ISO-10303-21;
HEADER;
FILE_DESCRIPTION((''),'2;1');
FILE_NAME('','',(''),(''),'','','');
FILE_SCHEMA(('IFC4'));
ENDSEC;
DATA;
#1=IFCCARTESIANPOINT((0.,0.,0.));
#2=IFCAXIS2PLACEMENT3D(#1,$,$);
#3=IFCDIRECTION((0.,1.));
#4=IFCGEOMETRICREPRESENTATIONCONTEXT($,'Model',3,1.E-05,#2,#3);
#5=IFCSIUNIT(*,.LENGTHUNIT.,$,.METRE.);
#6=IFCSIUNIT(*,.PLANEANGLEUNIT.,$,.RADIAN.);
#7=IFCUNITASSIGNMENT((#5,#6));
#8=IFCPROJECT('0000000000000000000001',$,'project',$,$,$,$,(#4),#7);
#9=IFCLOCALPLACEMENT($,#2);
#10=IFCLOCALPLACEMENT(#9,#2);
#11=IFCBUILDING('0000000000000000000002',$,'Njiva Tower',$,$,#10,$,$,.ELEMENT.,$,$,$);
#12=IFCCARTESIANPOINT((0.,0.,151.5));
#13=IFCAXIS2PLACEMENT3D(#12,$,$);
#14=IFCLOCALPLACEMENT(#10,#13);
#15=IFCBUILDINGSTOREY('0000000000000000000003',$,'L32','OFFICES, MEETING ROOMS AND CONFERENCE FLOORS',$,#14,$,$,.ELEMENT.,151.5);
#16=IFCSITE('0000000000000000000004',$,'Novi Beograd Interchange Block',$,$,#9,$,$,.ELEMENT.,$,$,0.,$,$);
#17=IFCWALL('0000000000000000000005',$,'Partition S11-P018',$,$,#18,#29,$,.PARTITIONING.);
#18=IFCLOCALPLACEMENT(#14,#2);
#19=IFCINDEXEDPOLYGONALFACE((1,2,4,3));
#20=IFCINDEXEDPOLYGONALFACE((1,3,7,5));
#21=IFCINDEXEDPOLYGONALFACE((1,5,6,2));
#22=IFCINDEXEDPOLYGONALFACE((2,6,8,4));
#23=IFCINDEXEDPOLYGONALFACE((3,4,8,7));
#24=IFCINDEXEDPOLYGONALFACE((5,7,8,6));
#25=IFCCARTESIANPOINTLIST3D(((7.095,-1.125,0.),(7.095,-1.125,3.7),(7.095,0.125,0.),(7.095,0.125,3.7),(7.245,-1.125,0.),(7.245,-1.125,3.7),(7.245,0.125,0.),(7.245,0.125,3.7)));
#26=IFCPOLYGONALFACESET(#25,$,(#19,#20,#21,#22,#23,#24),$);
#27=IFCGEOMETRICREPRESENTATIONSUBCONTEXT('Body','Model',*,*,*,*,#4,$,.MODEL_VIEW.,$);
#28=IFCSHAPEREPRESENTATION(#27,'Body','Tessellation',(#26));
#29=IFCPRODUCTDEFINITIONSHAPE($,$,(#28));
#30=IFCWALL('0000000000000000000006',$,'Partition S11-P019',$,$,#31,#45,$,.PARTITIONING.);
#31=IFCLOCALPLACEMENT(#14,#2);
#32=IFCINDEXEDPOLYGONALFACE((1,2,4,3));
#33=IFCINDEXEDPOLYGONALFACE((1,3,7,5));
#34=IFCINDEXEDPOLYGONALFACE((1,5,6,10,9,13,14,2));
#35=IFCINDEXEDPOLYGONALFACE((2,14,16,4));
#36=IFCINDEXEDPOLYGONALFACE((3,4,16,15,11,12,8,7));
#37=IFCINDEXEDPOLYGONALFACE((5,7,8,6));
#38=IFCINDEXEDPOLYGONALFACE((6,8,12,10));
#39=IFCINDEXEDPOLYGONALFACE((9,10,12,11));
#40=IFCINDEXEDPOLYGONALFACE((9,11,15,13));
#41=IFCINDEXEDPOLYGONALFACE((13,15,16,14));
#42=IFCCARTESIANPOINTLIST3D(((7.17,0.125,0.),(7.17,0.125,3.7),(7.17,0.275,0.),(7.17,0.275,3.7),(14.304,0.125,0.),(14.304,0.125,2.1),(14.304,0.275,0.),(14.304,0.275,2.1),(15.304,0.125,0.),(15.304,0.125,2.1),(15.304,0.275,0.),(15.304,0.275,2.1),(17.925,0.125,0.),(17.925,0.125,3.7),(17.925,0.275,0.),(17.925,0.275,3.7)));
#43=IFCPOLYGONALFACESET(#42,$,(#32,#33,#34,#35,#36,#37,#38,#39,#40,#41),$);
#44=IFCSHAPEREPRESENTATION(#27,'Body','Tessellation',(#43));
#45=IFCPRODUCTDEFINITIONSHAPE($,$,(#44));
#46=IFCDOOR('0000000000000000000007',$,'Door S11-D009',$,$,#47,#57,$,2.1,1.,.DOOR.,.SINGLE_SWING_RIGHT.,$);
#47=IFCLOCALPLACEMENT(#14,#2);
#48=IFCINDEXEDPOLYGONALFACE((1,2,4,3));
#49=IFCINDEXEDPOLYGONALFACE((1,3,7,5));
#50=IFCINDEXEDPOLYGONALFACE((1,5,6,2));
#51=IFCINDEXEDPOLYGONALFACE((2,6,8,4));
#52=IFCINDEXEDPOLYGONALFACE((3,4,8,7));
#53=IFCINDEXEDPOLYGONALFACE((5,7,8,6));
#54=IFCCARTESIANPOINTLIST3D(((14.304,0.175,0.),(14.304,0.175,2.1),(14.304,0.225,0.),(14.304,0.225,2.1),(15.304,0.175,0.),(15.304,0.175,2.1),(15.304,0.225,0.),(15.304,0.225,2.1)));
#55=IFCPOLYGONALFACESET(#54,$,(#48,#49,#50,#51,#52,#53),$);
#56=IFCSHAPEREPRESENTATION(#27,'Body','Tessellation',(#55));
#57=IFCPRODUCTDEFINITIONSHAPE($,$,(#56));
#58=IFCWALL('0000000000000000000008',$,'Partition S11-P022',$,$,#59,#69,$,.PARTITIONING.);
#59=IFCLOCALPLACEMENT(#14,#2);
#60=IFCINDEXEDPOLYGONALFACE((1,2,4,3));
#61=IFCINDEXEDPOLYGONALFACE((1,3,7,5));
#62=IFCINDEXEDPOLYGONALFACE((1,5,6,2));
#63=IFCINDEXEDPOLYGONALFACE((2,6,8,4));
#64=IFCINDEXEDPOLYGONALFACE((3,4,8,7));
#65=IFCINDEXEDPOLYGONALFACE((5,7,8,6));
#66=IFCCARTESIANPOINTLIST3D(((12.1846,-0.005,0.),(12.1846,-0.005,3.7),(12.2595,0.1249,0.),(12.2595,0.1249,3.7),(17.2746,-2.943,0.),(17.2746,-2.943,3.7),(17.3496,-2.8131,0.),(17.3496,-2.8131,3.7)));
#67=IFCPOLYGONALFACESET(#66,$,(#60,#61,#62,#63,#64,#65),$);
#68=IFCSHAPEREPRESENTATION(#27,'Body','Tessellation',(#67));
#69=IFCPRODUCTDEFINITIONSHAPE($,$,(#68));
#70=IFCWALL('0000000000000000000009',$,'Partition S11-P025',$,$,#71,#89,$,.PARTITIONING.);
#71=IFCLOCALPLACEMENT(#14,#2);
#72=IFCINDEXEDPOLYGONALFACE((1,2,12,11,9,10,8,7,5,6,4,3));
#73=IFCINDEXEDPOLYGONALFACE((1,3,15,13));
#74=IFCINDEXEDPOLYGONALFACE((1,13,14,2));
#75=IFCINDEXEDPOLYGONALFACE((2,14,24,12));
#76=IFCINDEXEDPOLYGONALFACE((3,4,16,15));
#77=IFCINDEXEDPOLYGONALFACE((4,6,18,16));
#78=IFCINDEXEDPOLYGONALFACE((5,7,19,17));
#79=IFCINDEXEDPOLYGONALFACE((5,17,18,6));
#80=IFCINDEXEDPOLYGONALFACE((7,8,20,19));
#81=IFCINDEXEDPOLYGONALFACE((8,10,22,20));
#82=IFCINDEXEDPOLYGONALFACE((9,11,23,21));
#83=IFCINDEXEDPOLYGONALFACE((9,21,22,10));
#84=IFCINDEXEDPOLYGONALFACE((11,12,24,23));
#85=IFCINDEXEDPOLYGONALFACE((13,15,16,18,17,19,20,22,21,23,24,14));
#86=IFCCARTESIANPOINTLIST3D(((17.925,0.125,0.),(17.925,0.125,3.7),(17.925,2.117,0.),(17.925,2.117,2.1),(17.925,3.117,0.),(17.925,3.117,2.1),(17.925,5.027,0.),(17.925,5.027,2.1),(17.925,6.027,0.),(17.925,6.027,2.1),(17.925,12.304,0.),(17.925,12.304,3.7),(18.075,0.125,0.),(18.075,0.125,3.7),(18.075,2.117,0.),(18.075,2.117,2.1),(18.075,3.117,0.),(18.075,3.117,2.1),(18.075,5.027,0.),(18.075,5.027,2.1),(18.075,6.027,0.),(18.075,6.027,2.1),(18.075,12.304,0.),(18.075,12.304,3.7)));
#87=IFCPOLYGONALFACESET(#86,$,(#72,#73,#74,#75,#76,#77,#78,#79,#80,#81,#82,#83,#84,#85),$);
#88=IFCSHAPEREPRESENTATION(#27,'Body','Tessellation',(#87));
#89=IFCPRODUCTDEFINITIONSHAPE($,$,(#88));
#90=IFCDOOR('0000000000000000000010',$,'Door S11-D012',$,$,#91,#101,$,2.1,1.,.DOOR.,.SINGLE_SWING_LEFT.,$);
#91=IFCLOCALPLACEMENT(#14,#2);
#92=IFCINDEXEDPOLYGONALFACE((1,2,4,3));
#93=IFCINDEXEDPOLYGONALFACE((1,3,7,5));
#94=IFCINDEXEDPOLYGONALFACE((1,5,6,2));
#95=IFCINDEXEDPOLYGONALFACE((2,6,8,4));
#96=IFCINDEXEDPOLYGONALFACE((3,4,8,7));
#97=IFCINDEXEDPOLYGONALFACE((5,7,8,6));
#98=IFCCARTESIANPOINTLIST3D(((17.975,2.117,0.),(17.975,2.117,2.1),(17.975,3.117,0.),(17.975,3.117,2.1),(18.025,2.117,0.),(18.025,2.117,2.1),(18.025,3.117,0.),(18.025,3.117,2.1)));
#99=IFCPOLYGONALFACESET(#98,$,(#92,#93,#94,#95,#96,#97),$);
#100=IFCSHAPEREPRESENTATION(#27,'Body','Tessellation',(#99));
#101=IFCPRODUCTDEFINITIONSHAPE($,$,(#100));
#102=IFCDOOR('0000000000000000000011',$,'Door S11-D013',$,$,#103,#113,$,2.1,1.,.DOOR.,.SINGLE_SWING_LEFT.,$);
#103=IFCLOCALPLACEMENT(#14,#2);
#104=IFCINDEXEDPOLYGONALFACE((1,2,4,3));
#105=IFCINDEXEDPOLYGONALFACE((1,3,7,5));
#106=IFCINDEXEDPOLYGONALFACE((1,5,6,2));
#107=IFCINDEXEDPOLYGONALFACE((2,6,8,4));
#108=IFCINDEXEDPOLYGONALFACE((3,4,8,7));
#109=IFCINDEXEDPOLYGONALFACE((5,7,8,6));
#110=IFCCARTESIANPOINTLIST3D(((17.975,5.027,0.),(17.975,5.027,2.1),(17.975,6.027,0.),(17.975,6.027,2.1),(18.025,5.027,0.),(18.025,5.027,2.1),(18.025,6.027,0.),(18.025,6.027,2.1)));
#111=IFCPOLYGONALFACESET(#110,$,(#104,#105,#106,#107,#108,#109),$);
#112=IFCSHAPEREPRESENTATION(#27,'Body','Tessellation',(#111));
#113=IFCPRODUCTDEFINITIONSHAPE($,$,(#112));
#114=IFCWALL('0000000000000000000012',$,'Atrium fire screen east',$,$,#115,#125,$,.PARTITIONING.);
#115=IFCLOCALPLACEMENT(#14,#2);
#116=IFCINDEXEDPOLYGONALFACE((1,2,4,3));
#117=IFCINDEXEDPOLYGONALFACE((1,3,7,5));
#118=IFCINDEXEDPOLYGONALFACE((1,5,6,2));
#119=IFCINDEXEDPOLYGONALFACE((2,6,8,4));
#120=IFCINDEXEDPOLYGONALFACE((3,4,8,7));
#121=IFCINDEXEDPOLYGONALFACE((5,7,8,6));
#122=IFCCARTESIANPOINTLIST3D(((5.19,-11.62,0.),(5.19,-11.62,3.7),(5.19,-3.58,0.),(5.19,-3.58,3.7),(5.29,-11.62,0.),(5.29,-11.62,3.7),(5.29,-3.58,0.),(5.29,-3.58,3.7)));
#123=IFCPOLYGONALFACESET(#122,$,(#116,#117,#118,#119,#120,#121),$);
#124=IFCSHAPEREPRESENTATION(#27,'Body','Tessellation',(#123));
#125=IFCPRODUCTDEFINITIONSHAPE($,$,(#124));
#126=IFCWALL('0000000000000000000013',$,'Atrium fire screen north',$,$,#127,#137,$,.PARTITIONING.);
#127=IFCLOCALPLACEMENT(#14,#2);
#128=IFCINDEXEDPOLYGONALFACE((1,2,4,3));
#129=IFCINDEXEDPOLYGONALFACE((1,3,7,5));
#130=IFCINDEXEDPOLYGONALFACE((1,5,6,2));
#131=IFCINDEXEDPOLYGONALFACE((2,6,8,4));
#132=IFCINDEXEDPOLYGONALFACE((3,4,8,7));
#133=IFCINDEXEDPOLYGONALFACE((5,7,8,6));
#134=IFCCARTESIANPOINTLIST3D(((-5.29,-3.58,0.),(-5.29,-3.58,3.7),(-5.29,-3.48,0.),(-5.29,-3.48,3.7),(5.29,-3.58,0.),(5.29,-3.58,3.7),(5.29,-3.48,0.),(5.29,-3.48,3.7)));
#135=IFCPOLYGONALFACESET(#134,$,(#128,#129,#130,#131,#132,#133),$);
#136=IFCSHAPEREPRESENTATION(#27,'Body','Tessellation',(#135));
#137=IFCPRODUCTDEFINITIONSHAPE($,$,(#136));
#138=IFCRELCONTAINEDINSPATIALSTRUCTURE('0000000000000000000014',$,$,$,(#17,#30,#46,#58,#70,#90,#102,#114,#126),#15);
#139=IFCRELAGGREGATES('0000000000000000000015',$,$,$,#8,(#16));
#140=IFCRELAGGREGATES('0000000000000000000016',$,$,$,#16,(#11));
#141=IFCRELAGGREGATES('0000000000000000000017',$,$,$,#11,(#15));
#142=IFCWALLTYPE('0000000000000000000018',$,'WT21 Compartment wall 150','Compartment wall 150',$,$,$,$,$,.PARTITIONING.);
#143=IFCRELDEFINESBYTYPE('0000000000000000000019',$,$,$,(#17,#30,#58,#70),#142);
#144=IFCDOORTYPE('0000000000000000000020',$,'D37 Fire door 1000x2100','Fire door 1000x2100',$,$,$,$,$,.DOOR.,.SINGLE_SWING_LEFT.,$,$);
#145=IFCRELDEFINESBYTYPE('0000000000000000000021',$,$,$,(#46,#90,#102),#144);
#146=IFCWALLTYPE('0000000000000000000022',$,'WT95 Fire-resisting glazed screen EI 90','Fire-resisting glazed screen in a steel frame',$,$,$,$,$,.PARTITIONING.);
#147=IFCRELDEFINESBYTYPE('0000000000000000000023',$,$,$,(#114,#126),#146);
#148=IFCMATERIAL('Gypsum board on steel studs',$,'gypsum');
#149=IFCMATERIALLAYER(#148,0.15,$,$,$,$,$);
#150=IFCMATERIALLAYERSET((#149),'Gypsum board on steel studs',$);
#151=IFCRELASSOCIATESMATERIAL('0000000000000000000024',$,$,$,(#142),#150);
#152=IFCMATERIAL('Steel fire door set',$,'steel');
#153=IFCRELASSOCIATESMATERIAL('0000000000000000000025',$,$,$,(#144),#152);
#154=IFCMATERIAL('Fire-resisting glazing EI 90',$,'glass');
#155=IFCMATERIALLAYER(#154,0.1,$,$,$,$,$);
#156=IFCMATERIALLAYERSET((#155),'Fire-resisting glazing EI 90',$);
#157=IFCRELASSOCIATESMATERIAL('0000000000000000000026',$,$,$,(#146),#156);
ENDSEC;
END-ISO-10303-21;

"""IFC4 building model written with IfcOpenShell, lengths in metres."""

from ifc_helpers import new_model, si_unit, direction, frame, frame_2d, origin, place, context, subcontext, project, spatial, rectangle, extrude, material, layer, layer_set, type_object, element, fill, save


model = new_model("IFC4")

# Units and contexts
model_context = context("Model", 3, precision=1e-05, world=origin(), true_north=direction((0.0, 1.0)))
body_context = subcontext(model_context, "Body", "Model", "MODEL_VIEW")
ifc_project = project(units=[si_unit("LENGTHUNIT", "METRE"), si_unit("PLANEANGLEUNIT", "RADIAN")], contexts=[model_context])

# Site, building, storey
site_placement = place(None, origin())
site = spatial("IfcSite", under=ifc_project, at=site_placement, Name="Novi Beograd Interchange Block", CompositionType="ELEMENT", RefElevation=0.0)
building_placement = place(site_placement, origin())
building = spatial("IfcBuilding", under=site, at=building_placement, Name="Njiva Tower", CompositionType="ELEMENT")
storey_placement = place(building_placement, frame((0.0, 0.0, 151.5)))
storey = spatial("IfcBuildingStorey", under=building, at=storey_placement, Name="L32", Description="OFFICES, MEETING ROOMS AND CONFERENCE FLOORS", CompositionType="ELEMENT", Elevation=151.5)

# Wall
ifc_material_1 = material(Name="Gypsum board on steel studs", Category="gypsum")
ifc_layer_1 = layer(ifc_material_1, 0.15)
ifc_layer_set_1 = layer_set([ifc_layer_1], Name="Gypsum board on steel studs")
wall_type_1 = type_object("IfcWallType", Name="WT21 Compartment wall 150", Description="Compartment wall 150", PredefinedType="PARTITIONING", material=ifc_layer_set_1)
wall_1_placement = place(storey_placement, frame((7.17, -1.125, 0.0), z_axis=(0.0, 0.0, 1.0), x_axis=(0.0, 1.0, 0.0)))
element("IfcWall", 1, at=wall_1_placement, inside=storey, type_object=wall_type_1, Name="Partition S11-P018", PredefinedType="PARTITIONING", context=body_context, shape_type="SweptSolid", body=[
    extrude(rectangle(XDim=1.25, YDim=0.15, at=frame_2d((0.625, 0.0))), origin(), (0.0, 0.0, 1.0), 3.7),
])

# Wall, opening, door
wall_2_placement = place(storey_placement, frame((7.17, 0.2, 0.0), z_axis=(0.0, 0.0, 1.0), x_axis=(1.0, 0.0, 0.0)))
wall_2 = element("IfcWall", 2, at=wall_2_placement, inside=storey, type_object=wall_type_1, Name="Partition S11-P019", PredefinedType="PARTITIONING", context=body_context, shape_type="SweptSolid", body=[
    extrude(rectangle(XDim=10.755, YDim=0.15, at=frame_2d((5.3775, 0.0))), origin(), (0.0, 0.0, 1.0), 3.7),
])
opening_1_placement = place(wall_2_placement, frame((7.134, 0.0, 0.0)))
opening_1 = element("IfcOpeningElement", 3, at=opening_1_placement, cuts=wall_2, PredefinedType="OPENING", context=body_context, shape_type="SweptSolid", body=[
    extrude(rectangle(XDim=1.0, YDim=2.1, at=frame_2d((0.5, 1.05))), frame((0.0, 0.085, 0.0), z_axis=(0.0, -1.0, 0.0), x_axis=(1.0, 0.0, 0.0)), (0.0, 0.0, 1.0), 0.17),
])
ifc_material_2 = material(Name="Steel fire door set", Category="steel")
door_type = type_object("IfcDoorType", Name="D37 Fire door 1000x2100", Description="Fire door 1000x2100", OperationType="SINGLE_SWING_LEFT", PredefinedType="DOOR", material=ifc_material_2)
door_1_placement = place(opening_1_placement, origin())
door_1 = element("IfcDoor", 4, at=door_1_placement, inside=storey, type_object=door_type, Name="Door S11-D009", OperationType="SINGLE_SWING_RIGHT", OverallHeight=2.1, OverallWidth=1.0, PredefinedType="DOOR", context=body_context, shape_type="SweptSolid", body=[
    extrude(rectangle(XDim=1.0, YDim=2.1, at=frame_2d((0.5, 1.05))), frame((0.0, 0.025, 0.0), z_axis=(0.0, -1.0, 0.0), x_axis=(1.0, 0.0, 0.0)), (0.0, 0.0, 1.0), 0.05),
])
fill(opening_1, door_1)

# Wall
wall_3_placement = place(storey_placement, frame((12.222, 0.06, 0.0), z_axis=(0.0, 0.0, 1.0), x_axis=(0.866078, -0.499909, 0.0)))
element("IfcWall", 5, at=wall_3_placement, inside=storey, type_object=wall_type_1, Name="Partition S11-P022", PredefinedType="PARTITIONING", context=body_context, shape_type="SweptSolid", body=[
    extrude(rectangle(XDim=5.8771, YDim=0.15, at=frame_2d((2.9386, 0.0))), origin(), (0.0, 0.0, 1.0), 3.7),
])

# Wall, openings, doors
wall_4_placement = place(storey_placement, frame((18.0, 0.125, 0.0), z_axis=(0.0, 0.0, 1.0), x_axis=(0.0, 1.0, 0.0)))
wall_4 = element("IfcWall", 6, at=wall_4_placement, inside=storey, type_object=wall_type_1, Name="Partition S11-P025", PredefinedType="PARTITIONING", context=body_context, shape_type="SweptSolid", body=[
    extrude(rectangle(XDim=12.179, YDim=0.15, at=frame_2d((6.0895, 0.0))), origin(), (0.0, 0.0, 1.0), 3.7),
])
opening_2_placement = place(wall_4_placement, frame((1.992, 0.0, 0.0)))
opening_2 = element("IfcOpeningElement", 7, at=opening_2_placement, cuts=wall_4, PredefinedType="OPENING", context=body_context, shape_type="SweptSolid", body=[
    extrude(rectangle(XDim=1.0, YDim=2.1, at=frame_2d((0.5, 1.05))), frame((0.0, 0.085, 0.0), z_axis=(0.0, -1.0, 0.0), x_axis=(1.0, 0.0, 0.0)), (0.0, 0.0, 1.0), 0.17),
])
opening_3_placement = place(wall_4_placement, frame((4.902, 0.0, 0.0)))
opening_3 = element("IfcOpeningElement", 8, at=opening_3_placement, cuts=wall_4, PredefinedType="OPENING", context=body_context, shape_type="SweptSolid", body=[
    extrude(rectangle(XDim=1.0, YDim=2.1, at=frame_2d((0.5, 1.05))), frame((0.0, 0.085, 0.0), z_axis=(0.0, -1.0, 0.0), x_axis=(1.0, 0.0, 0.0)), (0.0, 0.0, 1.0), 0.17),
])
door_2_placement = place(opening_2_placement, origin())
door_2 = element("IfcDoor", 9, at=door_2_placement, inside=storey, type_object=door_type, Name="Door S11-D012", OperationType="SINGLE_SWING_LEFT", OverallHeight=2.1, OverallWidth=1.0, PredefinedType="DOOR", context=body_context, shape_type="SweptSolid", body=[
    extrude(rectangle(XDim=1.0, YDim=2.1, at=frame_2d((0.5, 1.05))), frame((0.0, 0.025, 0.0), z_axis=(0.0, -1.0, 0.0), x_axis=(1.0, 0.0, 0.0)), (0.0, 0.0, 1.0), 0.05),
])
fill(opening_2, door_2)
door_3_placement = place(opening_3_placement, origin())
door_3 = element("IfcDoor", 10, at=door_3_placement, inside=storey, type_object=door_type, Name="Door S11-D013", OperationType="SINGLE_SWING_LEFT", OverallHeight=2.1, OverallWidth=1.0, PredefinedType="DOOR", context=body_context, shape_type="SweptSolid", body=[
    extrude(rectangle(XDim=1.0, YDim=2.1, at=frame_2d((0.5, 1.05))), frame((0.0, 0.025, 0.0), z_axis=(0.0, -1.0, 0.0), x_axis=(1.0, 0.0, 0.0)), (0.0, 0.0, 1.0), 0.05),
])
fill(opening_3, door_3)

# Walls
ifc_material_3 = material(Name="Fire-resisting glazing EI 90", Category="glass")
ifc_layer_2 = layer(ifc_material_3, 0.1)
ifc_layer_set_2 = layer_set([ifc_layer_2], Name="Fire-resisting glazing EI 90")
wall_type_2 = type_object("IfcWallType", Name="WT95 Fire-resisting glazed screen EI 90", Description="Fire-resisting glazed screen in a steel frame", PredefinedType="PARTITIONING", material=ifc_layer_set_2)
wall_5_placement = place(storey_placement, frame((5.24, -11.62, 0.0), z_axis=(0.0, 0.0, 1.0), x_axis=(0.0, 1.0, 0.0)))
element("IfcWall", 11, at=wall_5_placement, inside=storey, type_object=wall_type_2, Name="Atrium fire screen east", PredefinedType="PARTITIONING", context=body_context, shape_type="SweptSolid", body=[
    extrude(rectangle(XDim=8.04, YDim=0.1, at=frame_2d((4.02, 0.0))), origin(), (0.0, 0.0, 1.0), 3.7),
])
wall_6_placement = place(storey_placement, frame((5.29, -3.53, 0.0), z_axis=(0.0, 0.0, 1.0), x_axis=(-1.0, 0.0, 0.0)))
element("IfcWall", 12, at=wall_6_placement, inside=storey, type_object=wall_type_2, Name="Atrium fire screen north", PredefinedType="PARTITIONING", context=body_context, shape_type="SweptSolid", body=[
    extrude(rectangle(XDim=10.58, YDim=0.1, at=frame_2d((5.29, 0.0))), origin(), (0.0, 0.0, 1.0), 3.7),
])

save(model, "model.ifc")
